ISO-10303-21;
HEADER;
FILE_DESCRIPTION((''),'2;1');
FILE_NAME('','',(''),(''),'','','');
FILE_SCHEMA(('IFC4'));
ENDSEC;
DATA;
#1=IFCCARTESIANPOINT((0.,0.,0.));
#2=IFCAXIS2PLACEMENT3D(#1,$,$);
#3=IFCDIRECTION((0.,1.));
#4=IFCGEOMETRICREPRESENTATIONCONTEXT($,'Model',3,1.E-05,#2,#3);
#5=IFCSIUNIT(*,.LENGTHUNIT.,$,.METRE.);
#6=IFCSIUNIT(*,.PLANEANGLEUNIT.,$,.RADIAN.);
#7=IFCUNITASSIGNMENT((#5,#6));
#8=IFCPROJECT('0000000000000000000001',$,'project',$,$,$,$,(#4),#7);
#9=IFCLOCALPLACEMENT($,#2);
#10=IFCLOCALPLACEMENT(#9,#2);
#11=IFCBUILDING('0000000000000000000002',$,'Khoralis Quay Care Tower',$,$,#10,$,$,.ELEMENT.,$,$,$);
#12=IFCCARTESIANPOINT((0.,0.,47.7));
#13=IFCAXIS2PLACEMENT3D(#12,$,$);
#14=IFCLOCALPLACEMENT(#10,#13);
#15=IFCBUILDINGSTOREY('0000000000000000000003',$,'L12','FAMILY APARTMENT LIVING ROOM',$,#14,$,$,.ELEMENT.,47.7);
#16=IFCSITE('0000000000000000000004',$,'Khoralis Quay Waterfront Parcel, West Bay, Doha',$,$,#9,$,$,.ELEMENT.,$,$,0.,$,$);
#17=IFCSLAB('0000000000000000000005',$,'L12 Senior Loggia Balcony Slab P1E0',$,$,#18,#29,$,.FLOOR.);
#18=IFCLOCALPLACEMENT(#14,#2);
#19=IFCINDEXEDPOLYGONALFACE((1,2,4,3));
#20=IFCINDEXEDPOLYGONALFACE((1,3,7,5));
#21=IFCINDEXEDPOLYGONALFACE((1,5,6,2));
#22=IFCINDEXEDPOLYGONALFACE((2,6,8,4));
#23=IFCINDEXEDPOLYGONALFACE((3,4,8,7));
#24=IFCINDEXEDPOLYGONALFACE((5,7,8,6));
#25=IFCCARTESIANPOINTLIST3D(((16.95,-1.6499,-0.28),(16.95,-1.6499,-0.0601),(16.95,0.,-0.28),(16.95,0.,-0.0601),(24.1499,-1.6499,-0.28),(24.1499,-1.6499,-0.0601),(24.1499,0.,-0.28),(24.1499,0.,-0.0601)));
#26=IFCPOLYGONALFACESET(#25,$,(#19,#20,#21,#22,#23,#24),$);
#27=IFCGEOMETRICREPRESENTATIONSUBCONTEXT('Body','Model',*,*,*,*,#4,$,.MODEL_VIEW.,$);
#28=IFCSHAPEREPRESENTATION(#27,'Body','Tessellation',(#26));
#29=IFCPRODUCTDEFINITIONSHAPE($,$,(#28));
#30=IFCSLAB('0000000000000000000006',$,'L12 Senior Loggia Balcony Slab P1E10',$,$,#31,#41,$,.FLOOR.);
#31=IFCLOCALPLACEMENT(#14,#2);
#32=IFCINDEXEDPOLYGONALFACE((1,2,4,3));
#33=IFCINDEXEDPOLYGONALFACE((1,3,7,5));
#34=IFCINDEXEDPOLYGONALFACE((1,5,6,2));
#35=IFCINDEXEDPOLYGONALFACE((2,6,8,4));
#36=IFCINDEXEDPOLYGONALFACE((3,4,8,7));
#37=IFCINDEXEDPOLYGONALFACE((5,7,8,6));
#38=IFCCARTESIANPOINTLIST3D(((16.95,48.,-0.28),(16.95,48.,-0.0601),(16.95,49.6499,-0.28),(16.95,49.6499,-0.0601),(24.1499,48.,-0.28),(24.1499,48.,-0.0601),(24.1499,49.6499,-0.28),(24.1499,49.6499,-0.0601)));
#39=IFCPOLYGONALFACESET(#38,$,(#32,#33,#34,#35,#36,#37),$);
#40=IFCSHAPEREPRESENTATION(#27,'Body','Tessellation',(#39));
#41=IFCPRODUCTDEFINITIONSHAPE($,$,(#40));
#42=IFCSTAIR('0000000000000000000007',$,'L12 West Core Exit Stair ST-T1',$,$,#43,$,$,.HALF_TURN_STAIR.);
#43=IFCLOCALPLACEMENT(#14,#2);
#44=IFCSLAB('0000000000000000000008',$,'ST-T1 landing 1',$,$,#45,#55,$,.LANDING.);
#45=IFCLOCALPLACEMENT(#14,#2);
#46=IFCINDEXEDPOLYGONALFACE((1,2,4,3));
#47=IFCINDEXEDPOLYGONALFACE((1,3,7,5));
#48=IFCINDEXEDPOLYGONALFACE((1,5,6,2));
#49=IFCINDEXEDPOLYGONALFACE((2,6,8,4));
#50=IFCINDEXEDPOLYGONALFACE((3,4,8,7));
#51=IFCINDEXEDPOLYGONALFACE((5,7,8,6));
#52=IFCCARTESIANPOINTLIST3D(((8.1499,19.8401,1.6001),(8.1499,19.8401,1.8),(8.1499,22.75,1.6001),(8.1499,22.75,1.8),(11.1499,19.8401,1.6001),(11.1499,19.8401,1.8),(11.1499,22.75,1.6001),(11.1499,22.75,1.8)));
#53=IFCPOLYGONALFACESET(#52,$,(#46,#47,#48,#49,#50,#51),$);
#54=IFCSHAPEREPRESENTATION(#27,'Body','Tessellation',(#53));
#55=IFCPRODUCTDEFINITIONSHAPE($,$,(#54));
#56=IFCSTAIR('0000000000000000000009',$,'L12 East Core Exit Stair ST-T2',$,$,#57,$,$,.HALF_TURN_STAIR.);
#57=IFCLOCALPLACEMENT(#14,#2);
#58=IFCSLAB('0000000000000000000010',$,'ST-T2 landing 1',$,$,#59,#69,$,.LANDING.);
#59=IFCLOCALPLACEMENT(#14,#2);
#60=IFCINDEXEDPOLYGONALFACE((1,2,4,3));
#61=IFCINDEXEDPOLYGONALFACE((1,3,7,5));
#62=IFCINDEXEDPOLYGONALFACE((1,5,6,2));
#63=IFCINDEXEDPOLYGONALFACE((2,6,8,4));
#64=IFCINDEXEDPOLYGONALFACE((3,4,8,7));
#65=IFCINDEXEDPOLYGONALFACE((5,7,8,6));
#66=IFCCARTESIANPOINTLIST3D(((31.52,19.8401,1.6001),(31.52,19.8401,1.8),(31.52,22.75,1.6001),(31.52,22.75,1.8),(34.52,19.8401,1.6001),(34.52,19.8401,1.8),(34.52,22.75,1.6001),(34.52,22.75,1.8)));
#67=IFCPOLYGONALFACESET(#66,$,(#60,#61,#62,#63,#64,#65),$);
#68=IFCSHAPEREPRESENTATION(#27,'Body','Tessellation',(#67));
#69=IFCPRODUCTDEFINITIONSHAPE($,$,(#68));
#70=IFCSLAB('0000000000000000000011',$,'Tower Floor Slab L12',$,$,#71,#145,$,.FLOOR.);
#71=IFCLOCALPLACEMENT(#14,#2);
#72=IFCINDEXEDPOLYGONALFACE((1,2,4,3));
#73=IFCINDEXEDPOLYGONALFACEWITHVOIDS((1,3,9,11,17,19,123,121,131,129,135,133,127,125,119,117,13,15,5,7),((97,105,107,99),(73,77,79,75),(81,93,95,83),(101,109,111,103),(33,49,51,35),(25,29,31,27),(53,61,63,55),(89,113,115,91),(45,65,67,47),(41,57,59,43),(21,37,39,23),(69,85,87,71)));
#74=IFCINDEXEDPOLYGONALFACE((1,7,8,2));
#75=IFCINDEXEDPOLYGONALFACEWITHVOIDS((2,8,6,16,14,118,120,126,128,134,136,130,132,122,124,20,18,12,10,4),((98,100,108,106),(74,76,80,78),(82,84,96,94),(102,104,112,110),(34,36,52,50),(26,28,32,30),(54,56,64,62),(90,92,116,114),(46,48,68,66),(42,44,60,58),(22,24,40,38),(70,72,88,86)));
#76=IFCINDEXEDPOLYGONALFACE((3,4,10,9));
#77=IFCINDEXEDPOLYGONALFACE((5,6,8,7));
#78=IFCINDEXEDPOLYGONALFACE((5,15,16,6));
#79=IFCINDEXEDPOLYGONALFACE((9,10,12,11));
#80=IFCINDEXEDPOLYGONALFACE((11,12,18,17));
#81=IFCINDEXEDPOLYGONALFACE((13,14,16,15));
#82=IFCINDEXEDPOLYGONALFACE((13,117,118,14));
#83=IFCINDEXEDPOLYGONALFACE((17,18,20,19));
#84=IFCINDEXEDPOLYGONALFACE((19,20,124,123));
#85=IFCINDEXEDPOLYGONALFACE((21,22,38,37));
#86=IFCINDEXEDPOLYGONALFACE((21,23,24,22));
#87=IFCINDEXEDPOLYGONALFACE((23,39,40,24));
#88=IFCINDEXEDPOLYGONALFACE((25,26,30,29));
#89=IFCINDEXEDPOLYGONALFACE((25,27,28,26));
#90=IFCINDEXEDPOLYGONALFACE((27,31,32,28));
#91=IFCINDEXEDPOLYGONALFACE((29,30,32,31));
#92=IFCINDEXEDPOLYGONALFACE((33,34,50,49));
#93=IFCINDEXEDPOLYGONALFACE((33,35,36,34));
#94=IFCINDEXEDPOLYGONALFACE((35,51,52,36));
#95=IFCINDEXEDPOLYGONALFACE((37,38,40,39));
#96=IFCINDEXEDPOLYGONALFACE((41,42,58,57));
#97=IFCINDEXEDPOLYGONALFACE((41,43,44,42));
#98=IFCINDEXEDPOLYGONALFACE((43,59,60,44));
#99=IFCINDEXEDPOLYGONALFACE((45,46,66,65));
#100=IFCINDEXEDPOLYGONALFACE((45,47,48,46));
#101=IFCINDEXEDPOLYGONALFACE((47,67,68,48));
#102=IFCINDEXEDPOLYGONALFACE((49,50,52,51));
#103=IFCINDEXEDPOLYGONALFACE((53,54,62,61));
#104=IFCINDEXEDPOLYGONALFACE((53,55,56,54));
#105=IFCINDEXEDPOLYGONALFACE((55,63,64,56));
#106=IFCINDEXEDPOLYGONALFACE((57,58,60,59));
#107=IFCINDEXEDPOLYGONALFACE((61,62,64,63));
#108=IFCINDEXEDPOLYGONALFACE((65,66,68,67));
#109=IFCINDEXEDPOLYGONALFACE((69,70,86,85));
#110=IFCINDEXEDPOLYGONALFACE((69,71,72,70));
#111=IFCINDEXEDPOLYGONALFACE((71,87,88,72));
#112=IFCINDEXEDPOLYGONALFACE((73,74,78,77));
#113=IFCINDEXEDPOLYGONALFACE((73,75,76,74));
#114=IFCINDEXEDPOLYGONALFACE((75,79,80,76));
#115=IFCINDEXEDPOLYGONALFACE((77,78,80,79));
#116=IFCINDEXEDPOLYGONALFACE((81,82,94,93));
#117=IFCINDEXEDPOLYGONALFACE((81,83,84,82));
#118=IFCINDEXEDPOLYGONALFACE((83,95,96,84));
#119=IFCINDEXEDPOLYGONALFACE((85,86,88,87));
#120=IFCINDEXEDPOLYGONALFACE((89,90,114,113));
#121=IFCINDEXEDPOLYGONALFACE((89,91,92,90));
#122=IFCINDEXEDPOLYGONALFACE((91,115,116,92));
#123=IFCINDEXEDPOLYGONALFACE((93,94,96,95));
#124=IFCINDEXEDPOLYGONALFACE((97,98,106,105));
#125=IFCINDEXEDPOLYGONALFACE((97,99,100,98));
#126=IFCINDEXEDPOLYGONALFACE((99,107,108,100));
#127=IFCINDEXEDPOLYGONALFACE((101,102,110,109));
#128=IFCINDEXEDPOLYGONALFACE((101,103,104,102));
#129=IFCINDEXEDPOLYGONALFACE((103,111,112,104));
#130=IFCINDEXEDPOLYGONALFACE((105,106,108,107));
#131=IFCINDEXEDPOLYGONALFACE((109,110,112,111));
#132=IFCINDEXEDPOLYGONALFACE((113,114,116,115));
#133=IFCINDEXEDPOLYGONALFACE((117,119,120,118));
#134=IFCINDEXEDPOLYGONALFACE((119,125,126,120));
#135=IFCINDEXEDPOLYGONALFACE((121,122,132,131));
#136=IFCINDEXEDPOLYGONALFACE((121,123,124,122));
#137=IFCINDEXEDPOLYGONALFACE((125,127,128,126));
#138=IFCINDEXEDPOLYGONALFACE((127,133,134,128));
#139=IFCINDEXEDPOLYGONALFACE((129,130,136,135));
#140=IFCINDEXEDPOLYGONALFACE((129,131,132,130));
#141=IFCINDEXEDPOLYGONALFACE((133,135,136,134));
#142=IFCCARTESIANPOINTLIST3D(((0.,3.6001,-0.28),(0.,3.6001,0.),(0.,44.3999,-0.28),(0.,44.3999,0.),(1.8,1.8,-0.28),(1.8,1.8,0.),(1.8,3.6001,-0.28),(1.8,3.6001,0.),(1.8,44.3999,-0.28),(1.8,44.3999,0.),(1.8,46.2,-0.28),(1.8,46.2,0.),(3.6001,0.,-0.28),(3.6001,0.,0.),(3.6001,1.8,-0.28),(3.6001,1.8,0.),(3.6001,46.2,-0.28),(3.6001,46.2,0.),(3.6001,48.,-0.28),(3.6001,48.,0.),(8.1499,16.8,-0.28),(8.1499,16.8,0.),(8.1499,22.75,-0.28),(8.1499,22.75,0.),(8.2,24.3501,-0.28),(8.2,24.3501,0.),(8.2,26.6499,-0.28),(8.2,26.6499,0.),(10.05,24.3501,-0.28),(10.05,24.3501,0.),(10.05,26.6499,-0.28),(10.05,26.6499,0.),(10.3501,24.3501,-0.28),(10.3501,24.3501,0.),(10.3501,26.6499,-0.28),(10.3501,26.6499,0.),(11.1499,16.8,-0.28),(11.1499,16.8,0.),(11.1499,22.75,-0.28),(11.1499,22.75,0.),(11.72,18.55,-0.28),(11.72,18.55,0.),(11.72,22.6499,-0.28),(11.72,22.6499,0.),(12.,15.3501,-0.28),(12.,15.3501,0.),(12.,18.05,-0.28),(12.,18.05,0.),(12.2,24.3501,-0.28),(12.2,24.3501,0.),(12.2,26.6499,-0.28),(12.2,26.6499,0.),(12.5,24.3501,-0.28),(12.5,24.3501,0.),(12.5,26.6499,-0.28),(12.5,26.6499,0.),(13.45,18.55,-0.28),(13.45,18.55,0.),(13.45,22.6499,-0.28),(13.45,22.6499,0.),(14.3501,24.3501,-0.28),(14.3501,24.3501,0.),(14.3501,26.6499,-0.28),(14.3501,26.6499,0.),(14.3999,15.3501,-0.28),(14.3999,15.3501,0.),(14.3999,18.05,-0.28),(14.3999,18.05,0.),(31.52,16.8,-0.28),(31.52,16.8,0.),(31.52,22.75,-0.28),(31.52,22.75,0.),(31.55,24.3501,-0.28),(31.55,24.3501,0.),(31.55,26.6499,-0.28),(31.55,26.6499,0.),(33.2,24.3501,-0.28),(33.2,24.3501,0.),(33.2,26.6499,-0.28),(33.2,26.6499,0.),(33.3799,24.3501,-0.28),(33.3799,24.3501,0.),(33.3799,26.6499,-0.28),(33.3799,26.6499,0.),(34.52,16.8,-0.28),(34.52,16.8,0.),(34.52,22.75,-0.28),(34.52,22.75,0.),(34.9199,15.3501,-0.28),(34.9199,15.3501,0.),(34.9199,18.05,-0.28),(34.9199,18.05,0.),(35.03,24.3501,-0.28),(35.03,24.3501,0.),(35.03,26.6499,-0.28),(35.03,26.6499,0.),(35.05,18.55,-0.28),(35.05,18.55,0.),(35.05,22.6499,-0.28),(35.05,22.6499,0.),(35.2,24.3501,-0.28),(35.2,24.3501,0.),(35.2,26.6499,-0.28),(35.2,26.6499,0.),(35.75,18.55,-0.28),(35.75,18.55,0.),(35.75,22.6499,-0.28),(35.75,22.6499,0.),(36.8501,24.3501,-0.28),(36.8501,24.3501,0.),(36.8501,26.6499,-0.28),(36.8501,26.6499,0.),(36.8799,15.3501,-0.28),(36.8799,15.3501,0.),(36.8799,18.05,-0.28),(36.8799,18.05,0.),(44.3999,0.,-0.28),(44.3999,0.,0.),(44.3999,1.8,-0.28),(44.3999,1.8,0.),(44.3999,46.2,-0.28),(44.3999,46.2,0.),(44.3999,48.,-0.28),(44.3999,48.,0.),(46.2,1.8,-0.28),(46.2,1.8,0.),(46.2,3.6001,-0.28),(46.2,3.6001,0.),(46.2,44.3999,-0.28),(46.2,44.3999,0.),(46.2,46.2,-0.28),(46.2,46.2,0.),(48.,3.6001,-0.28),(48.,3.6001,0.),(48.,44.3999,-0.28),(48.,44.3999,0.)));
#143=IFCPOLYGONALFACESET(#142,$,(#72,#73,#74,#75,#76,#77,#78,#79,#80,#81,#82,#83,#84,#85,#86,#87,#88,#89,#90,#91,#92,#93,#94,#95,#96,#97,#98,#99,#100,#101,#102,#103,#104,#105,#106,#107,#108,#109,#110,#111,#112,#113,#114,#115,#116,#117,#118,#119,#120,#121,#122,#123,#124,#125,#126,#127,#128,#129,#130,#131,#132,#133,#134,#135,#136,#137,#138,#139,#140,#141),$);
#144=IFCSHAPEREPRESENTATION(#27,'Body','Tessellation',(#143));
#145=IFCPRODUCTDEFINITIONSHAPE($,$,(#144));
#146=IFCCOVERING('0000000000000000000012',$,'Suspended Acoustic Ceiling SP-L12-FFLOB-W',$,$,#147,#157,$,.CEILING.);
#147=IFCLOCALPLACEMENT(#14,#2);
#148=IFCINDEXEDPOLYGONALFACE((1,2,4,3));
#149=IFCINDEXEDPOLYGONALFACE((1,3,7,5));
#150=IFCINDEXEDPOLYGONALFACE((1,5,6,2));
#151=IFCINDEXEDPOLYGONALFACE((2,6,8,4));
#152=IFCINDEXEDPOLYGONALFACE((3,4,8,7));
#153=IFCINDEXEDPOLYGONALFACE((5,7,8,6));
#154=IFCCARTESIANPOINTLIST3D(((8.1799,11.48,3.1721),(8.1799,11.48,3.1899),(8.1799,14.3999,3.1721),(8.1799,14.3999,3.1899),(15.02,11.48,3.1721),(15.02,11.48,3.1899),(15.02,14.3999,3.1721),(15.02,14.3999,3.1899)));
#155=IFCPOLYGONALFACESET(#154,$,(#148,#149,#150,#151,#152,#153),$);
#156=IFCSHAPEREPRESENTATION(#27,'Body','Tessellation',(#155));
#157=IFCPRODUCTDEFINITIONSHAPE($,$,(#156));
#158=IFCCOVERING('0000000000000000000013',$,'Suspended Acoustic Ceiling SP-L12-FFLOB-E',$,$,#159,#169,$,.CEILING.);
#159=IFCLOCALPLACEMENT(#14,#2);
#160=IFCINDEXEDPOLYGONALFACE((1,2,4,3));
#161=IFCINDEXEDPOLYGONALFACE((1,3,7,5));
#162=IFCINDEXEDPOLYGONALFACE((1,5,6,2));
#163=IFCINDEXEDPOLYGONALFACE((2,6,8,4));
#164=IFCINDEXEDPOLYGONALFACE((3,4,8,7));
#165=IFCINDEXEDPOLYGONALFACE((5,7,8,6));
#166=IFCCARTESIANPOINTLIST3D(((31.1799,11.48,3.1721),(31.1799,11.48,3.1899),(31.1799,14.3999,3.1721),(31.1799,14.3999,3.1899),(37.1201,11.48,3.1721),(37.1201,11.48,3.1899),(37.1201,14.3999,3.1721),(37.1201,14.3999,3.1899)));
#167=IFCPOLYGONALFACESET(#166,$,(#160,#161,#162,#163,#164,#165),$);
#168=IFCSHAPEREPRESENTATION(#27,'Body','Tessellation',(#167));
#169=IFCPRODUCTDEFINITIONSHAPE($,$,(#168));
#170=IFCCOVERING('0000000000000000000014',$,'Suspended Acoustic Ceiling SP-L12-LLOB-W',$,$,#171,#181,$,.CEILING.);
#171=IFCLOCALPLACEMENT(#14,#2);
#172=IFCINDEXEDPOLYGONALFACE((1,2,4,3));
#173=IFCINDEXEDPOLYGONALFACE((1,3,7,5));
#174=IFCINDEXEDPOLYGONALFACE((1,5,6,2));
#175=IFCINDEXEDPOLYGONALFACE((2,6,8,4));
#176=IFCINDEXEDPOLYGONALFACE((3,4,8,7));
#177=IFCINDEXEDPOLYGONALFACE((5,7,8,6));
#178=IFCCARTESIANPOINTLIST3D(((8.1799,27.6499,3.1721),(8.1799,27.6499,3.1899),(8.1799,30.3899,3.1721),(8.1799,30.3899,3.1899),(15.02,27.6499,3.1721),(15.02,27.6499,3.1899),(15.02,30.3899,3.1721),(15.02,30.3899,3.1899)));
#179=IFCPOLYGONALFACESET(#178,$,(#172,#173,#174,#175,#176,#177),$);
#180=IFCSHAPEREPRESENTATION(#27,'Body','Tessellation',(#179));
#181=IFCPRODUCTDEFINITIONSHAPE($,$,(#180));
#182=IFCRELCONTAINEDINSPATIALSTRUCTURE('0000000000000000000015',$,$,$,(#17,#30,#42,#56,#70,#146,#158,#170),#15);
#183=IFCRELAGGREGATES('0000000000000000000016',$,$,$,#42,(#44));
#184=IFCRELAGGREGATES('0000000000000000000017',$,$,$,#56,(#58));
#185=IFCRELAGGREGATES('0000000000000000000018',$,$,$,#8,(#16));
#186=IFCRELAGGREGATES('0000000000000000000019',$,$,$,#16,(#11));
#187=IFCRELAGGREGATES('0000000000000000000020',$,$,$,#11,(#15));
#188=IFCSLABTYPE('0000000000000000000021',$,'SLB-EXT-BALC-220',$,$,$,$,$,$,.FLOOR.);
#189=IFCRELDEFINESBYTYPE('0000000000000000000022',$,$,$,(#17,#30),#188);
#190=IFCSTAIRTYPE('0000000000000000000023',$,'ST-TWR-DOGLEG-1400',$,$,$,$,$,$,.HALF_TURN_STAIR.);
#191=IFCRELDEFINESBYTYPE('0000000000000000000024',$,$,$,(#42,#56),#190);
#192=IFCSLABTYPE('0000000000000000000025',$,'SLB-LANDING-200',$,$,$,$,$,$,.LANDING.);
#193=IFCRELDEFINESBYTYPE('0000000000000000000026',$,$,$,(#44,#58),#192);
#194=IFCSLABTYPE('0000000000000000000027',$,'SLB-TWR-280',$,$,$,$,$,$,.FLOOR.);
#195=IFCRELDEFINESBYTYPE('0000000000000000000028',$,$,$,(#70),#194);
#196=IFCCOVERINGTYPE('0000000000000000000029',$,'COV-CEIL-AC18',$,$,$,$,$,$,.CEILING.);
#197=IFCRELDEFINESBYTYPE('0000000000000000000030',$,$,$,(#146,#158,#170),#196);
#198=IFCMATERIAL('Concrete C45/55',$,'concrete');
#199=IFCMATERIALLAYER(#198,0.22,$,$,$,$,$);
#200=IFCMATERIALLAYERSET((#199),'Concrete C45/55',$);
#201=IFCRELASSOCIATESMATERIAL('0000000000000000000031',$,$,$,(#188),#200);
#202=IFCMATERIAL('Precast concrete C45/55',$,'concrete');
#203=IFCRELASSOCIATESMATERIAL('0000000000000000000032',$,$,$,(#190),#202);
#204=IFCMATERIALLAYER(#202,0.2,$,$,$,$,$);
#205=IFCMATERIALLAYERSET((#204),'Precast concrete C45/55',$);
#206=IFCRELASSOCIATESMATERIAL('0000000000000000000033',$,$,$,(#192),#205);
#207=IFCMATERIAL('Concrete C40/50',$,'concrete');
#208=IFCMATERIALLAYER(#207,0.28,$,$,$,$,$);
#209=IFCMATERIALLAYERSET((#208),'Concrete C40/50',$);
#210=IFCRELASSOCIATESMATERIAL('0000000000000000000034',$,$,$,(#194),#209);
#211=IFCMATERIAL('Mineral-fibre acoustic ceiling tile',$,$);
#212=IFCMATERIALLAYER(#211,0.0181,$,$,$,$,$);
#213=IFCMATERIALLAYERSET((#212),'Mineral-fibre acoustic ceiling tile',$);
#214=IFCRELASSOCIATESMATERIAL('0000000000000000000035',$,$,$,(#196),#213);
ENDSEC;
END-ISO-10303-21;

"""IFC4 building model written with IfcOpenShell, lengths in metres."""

from ifc_helpers import new_model, si_unit, direction, frame, origin, place, context, subcontext, project, spatial, polyline, outline, extrude, material, layer, layer_set, type_object, element, aggregate, save


model = new_model("IFC4")

# Units and contexts
model_context = context("Model", 3, precision=1e-05, world=origin(), true_north=direction((0.0, 1.0)))
body_context = subcontext(model_context, "Body", "Model", "MODEL_VIEW")
ifc_project = project(units=[si_unit("LENGTHUNIT", "METRE"), si_unit("PLANEANGLEUNIT", "RADIAN")], contexts=[model_context])

# Site, building, storey
site_placement = place(None, origin())
site = spatial("IfcSite", under=ifc_project, at=site_placement, Name="Khoralis Quay Waterfront Parcel, West Bay, Doha", CompositionType="ELEMENT", RefElevation=0.0)
building_placement = place(site_placement, origin())
building = spatial("IfcBuilding", under=site, at=building_placement, Name="Khoralis Quay Care Tower", CompositionType="ELEMENT")
storey_placement = place(building_placement, frame((0.0, 0.0, 47.7)))
storey = spatial("IfcBuildingStorey", under=building, at=storey_placement, Name="L12", Description="FAMILY APARTMENT LIVING ROOM", CompositionType="ELEMENT", Elevation=47.7)

# Slabs
ifc_material_1 = material(Name="Concrete C45/55", Category="concrete")
ifc_layer_1 = layer(ifc_material_1, 0.22)
ifc_layer_set_1 = layer_set([ifc_layer_1], Name="Concrete C45/55")
slab_type_1 = type_object("IfcSlabType", Name="SLB-EXT-BALC-220", PredefinedType="FLOOR", material=ifc_layer_set_1)
slab_1_placement = place(storey_placement, frame((0.0, 0.0, -0.28)))
element("IfcSlab", 1, at=slab_1_placement, inside=storey, type_object=slab_type_1, Name="L12 Senior Loggia Balcony Slab P1E0", PredefinedType="FLOOR", context=body_context, shape_type="SweptSolid", body=[
    extrude(outline(polyline([(16.95, -1.6499), (24.1499, -1.6499), (24.1499, 0.0), (16.95, 0.0), (16.95, -1.6499)])), origin(), (0.0, 0.0, 1.0), 0.22),
])
slab_2_placement = place(storey_placement, frame((0.0, 0.0, -0.28)))
element("IfcSlab", 2, at=slab_2_placement, inside=storey, type_object=slab_type_1, Name="L12 Senior Loggia Balcony Slab P1E10", PredefinedType="FLOOR", context=body_context, shape_type="SweptSolid", body=[
    extrude(outline(polyline([(16.95, 48.0), (24.1499, 48.0), (24.1499, 49.6499), (16.95, 49.6499), (16.95, 48.0)])), origin(), (0.0, 0.0, 1.0), 0.22),
])

# Stairs, slabs
ifc_material_2 = material(Name="Precast concrete C45/55", Category="concrete")
stair_type = type_object("IfcStairType", Name="ST-TWR-DOGLEG-1400", PredefinedType="HALF_TURN_STAIR", material=ifc_material_2)
stair_1_placement = place(storey_placement, origin())
stair_1 = element("IfcStair", 3, at=stair_1_placement, inside=storey, type_object=stair_type, Name="L12 West Core Exit Stair ST-T1", PredefinedType="HALF_TURN_STAIR")
ifc_layer_2 = layer(ifc_material_2, 0.2)
ifc_layer_set_2 = layer_set([ifc_layer_2], Name="Precast concrete C45/55")
slab_type_2 = type_object("IfcSlabType", Name="SLB-LANDING-200", PredefinedType="LANDING", material=ifc_layer_set_2)
slab_3_placement = place(storey_placement, frame((0.0, 0.0, 1.6001)))
slab_3 = element("IfcSlab", 4, at=slab_3_placement, type_object=slab_type_2, Name="ST-T1 landing 1", PredefinedType="LANDING", context=body_context, shape_type="SweptSolid", body=[
    extrude(outline(polyline([(11.1499, 19.8401), (11.1499, 22.75), (8.1499, 22.75), (8.1499, 19.8401), (11.1499, 19.8401)])), origin(), (0.0, 0.0, 1.0), 0.2),
])
aggregate(stair_1, [slab_3])
stair_2_placement = place(storey_placement, origin())
stair_2 = element("IfcStair", 5, at=stair_2_placement, inside=storey, type_object=stair_type, Name="L12 East Core Exit Stair ST-T2", PredefinedType="HALF_TURN_STAIR")
slab_4_placement = place(storey_placement, frame((0.0, 0.0, 1.6001)))
slab_4 = element("IfcSlab", 6, at=slab_4_placement, type_object=slab_type_2, Name="ST-T2 landing 1", PredefinedType="LANDING", context=body_context, shape_type="SweptSolid", body=[
    extrude(outline(polyline([(34.52, 19.8401), (34.52, 22.75), (31.52, 22.75), (31.52, 19.8401), (34.52, 19.8401)])), origin(), (0.0, 0.0, 1.0), 0.2),
])
aggregate(stair_2, [slab_4])

# Slab
ifc_material_3 = material(Name="Concrete C40/50", Category="concrete")
ifc_layer_3 = layer(ifc_material_3, 0.28)
ifc_layer_set_3 = layer_set([ifc_layer_3], Name="Concrete C40/50")
slab_type_3 = type_object("IfcSlabType", Name="SLB-TWR-280", PredefinedType="FLOOR", material=ifc_layer_set_3)
slab_5_placement = place(storey_placement, frame((0.0, 0.0, -0.28)))
element("IfcSlab", 7, at=slab_5_placement, inside=storey, type_object=slab_type_3, Name="Tower Floor Slab L12", PredefinedType="FLOOR", context=body_context, shape_type="SweptSolid", body=[
    extrude(outline(polyline([(3.6001, 0.0), (44.3999, 0.0), (44.3999, 1.8), (46.2, 1.8), (46.2, 3.6001), (48.0, 3.6001), (48.0, 44.3999), (46.2, 44.3999), (46.2, 46.2), (44.3999, 46.2), (44.3999, 48.0), (3.6001, 48.0), (3.6001, 46.2), (1.8, 46.2), (1.8, 44.3999), (0.0, 44.3999), (0.0, 3.6001), (1.8, 3.6001), (1.8, 1.8), (3.6001, 1.8), (3.6001, 0.0)]), holes=[polyline([(11.1499, 16.8), (11.1499, 22.75), (8.1499, 22.75), (8.1499, 16.8), (11.1499, 16.8)]), polyline([(34.52, 16.8), (34.52, 22.75), (31.52, 22.75), (31.52, 16.8), (34.52, 16.8)]), polyline([(12.0, 15.3501), (14.3999, 15.3501), (14.3999, 18.05), (12.0, 18.05), (12.0, 15.3501)]), polyline([(34.9199, 15.3501), (36.8799, 15.3501), (36.8799, 18.05), (34.9199, 18.05), (34.9199, 15.3501)]), polyline([(8.2, 24.3501), (10.05, 24.3501), (10.05, 26.6499), (8.2, 26.6499), (8.2, 24.3501)]), polyline([(31.55, 24.3501), (33.2, 24.3501), (33.2, 26.6499), (31.55, 26.6499), (31.55, 24.3501)]), polyline([(10.3501, 24.3501), (12.2, 24.3501), (12.2, 26.6499), (10.3501, 26.6499), (10.3501, 24.3501)]), polyline([(33.3799, 24.3501), (35.03, 24.3501), (35.03, 26.6499), (33.3799, 26.6499), (33.3799, 24.3501)]), polyline([(12.5, 24.3501), (14.3501, 24.3501), (14.3501, 26.6499), (12.5, 26.6499), (12.5, 24.3501)]), polyline([(35.2, 24.3501), (36.8501, 24.3501), (36.8501, 26.6499), (35.2, 26.6499), (35.2, 24.3501)]), polyline([(11.72, 18.55), (13.45, 18.55), (13.45, 22.6499), (11.72, 22.6499), (11.72, 18.55)]), polyline([(35.05, 18.55), (35.75, 18.55), (35.75, 22.6499), (35.05, 22.6499), (35.05, 18.55)])]), origin(), (0.0, 0.0, 1.0), 0.28),
])

# Coverings
ifc_material_4 = material(Name="Mineral-fibre acoustic ceiling tile")
ifc_layer_4 = layer(ifc_material_4, 0.0181)
ifc_layer_set_4 = layer_set([ifc_layer_4], Name="Mineral-fibre acoustic ceiling tile")
covering_type_1 = type_object("IfcCoveringType", Name="COV-CEIL-AC18", PredefinedType="CEILING", material=ifc_layer_set_4)
covering_1_placement = place(storey_placement, frame((0.0, 0.0, 3.1721)))
element("IfcCovering", 8, at=covering_1_placement, inside=storey, type_object=covering_type_1, Name="Suspended Acoustic Ceiling SP-L12-FFLOB-W", PredefinedType="CEILING", context=body_context, shape_type="SweptSolid", body=[
    extrude(outline(polyline([(8.1799, 11.48), (15.02, 11.48), (15.02, 14.3999), (8.1799, 14.3999), (8.1799, 11.48)])), origin(), (0.0, 0.0, 1.0), 0.0178),
])
covering_2_placement = place(storey_placement, frame((0.0, 0.0, 3.1721)))
element("IfcCovering", 9, at=covering_2_placement, inside=storey, type_object=covering_type_1, Name="Suspended Acoustic Ceiling SP-L12-FFLOB-E", PredefinedType="CEILING", context=body_context, shape_type="SweptSolid", body=[
    extrude(outline(polyline([(31.1799, 11.48), (37.1201, 11.48), (37.1201, 14.3999), (31.1799, 14.3999), (31.1799, 11.48)])), origin(), (0.0, 0.0, 1.0), 0.0178),
])
covering_3_placement = place(storey_placement, frame((0.0, 0.0, 3.1721)))
element("IfcCovering", 10, at=covering_3_placement, inside=storey, type_object=covering_type_1, Name="Suspended Acoustic Ceiling SP-L12-LLOB-W", PredefinedType="CEILING", context=body_context, shape_type="SweptSolid", body=[
    extrude(outline(polyline([(8.1799, 27.6499), (15.02, 27.6499), (15.02, 30.3899), (8.1799, 30.3899), (8.1799, 27.6499)])), origin(), (0.0, 0.0, 1.0), 0.0178),
])

save(model, "model.ifc")
